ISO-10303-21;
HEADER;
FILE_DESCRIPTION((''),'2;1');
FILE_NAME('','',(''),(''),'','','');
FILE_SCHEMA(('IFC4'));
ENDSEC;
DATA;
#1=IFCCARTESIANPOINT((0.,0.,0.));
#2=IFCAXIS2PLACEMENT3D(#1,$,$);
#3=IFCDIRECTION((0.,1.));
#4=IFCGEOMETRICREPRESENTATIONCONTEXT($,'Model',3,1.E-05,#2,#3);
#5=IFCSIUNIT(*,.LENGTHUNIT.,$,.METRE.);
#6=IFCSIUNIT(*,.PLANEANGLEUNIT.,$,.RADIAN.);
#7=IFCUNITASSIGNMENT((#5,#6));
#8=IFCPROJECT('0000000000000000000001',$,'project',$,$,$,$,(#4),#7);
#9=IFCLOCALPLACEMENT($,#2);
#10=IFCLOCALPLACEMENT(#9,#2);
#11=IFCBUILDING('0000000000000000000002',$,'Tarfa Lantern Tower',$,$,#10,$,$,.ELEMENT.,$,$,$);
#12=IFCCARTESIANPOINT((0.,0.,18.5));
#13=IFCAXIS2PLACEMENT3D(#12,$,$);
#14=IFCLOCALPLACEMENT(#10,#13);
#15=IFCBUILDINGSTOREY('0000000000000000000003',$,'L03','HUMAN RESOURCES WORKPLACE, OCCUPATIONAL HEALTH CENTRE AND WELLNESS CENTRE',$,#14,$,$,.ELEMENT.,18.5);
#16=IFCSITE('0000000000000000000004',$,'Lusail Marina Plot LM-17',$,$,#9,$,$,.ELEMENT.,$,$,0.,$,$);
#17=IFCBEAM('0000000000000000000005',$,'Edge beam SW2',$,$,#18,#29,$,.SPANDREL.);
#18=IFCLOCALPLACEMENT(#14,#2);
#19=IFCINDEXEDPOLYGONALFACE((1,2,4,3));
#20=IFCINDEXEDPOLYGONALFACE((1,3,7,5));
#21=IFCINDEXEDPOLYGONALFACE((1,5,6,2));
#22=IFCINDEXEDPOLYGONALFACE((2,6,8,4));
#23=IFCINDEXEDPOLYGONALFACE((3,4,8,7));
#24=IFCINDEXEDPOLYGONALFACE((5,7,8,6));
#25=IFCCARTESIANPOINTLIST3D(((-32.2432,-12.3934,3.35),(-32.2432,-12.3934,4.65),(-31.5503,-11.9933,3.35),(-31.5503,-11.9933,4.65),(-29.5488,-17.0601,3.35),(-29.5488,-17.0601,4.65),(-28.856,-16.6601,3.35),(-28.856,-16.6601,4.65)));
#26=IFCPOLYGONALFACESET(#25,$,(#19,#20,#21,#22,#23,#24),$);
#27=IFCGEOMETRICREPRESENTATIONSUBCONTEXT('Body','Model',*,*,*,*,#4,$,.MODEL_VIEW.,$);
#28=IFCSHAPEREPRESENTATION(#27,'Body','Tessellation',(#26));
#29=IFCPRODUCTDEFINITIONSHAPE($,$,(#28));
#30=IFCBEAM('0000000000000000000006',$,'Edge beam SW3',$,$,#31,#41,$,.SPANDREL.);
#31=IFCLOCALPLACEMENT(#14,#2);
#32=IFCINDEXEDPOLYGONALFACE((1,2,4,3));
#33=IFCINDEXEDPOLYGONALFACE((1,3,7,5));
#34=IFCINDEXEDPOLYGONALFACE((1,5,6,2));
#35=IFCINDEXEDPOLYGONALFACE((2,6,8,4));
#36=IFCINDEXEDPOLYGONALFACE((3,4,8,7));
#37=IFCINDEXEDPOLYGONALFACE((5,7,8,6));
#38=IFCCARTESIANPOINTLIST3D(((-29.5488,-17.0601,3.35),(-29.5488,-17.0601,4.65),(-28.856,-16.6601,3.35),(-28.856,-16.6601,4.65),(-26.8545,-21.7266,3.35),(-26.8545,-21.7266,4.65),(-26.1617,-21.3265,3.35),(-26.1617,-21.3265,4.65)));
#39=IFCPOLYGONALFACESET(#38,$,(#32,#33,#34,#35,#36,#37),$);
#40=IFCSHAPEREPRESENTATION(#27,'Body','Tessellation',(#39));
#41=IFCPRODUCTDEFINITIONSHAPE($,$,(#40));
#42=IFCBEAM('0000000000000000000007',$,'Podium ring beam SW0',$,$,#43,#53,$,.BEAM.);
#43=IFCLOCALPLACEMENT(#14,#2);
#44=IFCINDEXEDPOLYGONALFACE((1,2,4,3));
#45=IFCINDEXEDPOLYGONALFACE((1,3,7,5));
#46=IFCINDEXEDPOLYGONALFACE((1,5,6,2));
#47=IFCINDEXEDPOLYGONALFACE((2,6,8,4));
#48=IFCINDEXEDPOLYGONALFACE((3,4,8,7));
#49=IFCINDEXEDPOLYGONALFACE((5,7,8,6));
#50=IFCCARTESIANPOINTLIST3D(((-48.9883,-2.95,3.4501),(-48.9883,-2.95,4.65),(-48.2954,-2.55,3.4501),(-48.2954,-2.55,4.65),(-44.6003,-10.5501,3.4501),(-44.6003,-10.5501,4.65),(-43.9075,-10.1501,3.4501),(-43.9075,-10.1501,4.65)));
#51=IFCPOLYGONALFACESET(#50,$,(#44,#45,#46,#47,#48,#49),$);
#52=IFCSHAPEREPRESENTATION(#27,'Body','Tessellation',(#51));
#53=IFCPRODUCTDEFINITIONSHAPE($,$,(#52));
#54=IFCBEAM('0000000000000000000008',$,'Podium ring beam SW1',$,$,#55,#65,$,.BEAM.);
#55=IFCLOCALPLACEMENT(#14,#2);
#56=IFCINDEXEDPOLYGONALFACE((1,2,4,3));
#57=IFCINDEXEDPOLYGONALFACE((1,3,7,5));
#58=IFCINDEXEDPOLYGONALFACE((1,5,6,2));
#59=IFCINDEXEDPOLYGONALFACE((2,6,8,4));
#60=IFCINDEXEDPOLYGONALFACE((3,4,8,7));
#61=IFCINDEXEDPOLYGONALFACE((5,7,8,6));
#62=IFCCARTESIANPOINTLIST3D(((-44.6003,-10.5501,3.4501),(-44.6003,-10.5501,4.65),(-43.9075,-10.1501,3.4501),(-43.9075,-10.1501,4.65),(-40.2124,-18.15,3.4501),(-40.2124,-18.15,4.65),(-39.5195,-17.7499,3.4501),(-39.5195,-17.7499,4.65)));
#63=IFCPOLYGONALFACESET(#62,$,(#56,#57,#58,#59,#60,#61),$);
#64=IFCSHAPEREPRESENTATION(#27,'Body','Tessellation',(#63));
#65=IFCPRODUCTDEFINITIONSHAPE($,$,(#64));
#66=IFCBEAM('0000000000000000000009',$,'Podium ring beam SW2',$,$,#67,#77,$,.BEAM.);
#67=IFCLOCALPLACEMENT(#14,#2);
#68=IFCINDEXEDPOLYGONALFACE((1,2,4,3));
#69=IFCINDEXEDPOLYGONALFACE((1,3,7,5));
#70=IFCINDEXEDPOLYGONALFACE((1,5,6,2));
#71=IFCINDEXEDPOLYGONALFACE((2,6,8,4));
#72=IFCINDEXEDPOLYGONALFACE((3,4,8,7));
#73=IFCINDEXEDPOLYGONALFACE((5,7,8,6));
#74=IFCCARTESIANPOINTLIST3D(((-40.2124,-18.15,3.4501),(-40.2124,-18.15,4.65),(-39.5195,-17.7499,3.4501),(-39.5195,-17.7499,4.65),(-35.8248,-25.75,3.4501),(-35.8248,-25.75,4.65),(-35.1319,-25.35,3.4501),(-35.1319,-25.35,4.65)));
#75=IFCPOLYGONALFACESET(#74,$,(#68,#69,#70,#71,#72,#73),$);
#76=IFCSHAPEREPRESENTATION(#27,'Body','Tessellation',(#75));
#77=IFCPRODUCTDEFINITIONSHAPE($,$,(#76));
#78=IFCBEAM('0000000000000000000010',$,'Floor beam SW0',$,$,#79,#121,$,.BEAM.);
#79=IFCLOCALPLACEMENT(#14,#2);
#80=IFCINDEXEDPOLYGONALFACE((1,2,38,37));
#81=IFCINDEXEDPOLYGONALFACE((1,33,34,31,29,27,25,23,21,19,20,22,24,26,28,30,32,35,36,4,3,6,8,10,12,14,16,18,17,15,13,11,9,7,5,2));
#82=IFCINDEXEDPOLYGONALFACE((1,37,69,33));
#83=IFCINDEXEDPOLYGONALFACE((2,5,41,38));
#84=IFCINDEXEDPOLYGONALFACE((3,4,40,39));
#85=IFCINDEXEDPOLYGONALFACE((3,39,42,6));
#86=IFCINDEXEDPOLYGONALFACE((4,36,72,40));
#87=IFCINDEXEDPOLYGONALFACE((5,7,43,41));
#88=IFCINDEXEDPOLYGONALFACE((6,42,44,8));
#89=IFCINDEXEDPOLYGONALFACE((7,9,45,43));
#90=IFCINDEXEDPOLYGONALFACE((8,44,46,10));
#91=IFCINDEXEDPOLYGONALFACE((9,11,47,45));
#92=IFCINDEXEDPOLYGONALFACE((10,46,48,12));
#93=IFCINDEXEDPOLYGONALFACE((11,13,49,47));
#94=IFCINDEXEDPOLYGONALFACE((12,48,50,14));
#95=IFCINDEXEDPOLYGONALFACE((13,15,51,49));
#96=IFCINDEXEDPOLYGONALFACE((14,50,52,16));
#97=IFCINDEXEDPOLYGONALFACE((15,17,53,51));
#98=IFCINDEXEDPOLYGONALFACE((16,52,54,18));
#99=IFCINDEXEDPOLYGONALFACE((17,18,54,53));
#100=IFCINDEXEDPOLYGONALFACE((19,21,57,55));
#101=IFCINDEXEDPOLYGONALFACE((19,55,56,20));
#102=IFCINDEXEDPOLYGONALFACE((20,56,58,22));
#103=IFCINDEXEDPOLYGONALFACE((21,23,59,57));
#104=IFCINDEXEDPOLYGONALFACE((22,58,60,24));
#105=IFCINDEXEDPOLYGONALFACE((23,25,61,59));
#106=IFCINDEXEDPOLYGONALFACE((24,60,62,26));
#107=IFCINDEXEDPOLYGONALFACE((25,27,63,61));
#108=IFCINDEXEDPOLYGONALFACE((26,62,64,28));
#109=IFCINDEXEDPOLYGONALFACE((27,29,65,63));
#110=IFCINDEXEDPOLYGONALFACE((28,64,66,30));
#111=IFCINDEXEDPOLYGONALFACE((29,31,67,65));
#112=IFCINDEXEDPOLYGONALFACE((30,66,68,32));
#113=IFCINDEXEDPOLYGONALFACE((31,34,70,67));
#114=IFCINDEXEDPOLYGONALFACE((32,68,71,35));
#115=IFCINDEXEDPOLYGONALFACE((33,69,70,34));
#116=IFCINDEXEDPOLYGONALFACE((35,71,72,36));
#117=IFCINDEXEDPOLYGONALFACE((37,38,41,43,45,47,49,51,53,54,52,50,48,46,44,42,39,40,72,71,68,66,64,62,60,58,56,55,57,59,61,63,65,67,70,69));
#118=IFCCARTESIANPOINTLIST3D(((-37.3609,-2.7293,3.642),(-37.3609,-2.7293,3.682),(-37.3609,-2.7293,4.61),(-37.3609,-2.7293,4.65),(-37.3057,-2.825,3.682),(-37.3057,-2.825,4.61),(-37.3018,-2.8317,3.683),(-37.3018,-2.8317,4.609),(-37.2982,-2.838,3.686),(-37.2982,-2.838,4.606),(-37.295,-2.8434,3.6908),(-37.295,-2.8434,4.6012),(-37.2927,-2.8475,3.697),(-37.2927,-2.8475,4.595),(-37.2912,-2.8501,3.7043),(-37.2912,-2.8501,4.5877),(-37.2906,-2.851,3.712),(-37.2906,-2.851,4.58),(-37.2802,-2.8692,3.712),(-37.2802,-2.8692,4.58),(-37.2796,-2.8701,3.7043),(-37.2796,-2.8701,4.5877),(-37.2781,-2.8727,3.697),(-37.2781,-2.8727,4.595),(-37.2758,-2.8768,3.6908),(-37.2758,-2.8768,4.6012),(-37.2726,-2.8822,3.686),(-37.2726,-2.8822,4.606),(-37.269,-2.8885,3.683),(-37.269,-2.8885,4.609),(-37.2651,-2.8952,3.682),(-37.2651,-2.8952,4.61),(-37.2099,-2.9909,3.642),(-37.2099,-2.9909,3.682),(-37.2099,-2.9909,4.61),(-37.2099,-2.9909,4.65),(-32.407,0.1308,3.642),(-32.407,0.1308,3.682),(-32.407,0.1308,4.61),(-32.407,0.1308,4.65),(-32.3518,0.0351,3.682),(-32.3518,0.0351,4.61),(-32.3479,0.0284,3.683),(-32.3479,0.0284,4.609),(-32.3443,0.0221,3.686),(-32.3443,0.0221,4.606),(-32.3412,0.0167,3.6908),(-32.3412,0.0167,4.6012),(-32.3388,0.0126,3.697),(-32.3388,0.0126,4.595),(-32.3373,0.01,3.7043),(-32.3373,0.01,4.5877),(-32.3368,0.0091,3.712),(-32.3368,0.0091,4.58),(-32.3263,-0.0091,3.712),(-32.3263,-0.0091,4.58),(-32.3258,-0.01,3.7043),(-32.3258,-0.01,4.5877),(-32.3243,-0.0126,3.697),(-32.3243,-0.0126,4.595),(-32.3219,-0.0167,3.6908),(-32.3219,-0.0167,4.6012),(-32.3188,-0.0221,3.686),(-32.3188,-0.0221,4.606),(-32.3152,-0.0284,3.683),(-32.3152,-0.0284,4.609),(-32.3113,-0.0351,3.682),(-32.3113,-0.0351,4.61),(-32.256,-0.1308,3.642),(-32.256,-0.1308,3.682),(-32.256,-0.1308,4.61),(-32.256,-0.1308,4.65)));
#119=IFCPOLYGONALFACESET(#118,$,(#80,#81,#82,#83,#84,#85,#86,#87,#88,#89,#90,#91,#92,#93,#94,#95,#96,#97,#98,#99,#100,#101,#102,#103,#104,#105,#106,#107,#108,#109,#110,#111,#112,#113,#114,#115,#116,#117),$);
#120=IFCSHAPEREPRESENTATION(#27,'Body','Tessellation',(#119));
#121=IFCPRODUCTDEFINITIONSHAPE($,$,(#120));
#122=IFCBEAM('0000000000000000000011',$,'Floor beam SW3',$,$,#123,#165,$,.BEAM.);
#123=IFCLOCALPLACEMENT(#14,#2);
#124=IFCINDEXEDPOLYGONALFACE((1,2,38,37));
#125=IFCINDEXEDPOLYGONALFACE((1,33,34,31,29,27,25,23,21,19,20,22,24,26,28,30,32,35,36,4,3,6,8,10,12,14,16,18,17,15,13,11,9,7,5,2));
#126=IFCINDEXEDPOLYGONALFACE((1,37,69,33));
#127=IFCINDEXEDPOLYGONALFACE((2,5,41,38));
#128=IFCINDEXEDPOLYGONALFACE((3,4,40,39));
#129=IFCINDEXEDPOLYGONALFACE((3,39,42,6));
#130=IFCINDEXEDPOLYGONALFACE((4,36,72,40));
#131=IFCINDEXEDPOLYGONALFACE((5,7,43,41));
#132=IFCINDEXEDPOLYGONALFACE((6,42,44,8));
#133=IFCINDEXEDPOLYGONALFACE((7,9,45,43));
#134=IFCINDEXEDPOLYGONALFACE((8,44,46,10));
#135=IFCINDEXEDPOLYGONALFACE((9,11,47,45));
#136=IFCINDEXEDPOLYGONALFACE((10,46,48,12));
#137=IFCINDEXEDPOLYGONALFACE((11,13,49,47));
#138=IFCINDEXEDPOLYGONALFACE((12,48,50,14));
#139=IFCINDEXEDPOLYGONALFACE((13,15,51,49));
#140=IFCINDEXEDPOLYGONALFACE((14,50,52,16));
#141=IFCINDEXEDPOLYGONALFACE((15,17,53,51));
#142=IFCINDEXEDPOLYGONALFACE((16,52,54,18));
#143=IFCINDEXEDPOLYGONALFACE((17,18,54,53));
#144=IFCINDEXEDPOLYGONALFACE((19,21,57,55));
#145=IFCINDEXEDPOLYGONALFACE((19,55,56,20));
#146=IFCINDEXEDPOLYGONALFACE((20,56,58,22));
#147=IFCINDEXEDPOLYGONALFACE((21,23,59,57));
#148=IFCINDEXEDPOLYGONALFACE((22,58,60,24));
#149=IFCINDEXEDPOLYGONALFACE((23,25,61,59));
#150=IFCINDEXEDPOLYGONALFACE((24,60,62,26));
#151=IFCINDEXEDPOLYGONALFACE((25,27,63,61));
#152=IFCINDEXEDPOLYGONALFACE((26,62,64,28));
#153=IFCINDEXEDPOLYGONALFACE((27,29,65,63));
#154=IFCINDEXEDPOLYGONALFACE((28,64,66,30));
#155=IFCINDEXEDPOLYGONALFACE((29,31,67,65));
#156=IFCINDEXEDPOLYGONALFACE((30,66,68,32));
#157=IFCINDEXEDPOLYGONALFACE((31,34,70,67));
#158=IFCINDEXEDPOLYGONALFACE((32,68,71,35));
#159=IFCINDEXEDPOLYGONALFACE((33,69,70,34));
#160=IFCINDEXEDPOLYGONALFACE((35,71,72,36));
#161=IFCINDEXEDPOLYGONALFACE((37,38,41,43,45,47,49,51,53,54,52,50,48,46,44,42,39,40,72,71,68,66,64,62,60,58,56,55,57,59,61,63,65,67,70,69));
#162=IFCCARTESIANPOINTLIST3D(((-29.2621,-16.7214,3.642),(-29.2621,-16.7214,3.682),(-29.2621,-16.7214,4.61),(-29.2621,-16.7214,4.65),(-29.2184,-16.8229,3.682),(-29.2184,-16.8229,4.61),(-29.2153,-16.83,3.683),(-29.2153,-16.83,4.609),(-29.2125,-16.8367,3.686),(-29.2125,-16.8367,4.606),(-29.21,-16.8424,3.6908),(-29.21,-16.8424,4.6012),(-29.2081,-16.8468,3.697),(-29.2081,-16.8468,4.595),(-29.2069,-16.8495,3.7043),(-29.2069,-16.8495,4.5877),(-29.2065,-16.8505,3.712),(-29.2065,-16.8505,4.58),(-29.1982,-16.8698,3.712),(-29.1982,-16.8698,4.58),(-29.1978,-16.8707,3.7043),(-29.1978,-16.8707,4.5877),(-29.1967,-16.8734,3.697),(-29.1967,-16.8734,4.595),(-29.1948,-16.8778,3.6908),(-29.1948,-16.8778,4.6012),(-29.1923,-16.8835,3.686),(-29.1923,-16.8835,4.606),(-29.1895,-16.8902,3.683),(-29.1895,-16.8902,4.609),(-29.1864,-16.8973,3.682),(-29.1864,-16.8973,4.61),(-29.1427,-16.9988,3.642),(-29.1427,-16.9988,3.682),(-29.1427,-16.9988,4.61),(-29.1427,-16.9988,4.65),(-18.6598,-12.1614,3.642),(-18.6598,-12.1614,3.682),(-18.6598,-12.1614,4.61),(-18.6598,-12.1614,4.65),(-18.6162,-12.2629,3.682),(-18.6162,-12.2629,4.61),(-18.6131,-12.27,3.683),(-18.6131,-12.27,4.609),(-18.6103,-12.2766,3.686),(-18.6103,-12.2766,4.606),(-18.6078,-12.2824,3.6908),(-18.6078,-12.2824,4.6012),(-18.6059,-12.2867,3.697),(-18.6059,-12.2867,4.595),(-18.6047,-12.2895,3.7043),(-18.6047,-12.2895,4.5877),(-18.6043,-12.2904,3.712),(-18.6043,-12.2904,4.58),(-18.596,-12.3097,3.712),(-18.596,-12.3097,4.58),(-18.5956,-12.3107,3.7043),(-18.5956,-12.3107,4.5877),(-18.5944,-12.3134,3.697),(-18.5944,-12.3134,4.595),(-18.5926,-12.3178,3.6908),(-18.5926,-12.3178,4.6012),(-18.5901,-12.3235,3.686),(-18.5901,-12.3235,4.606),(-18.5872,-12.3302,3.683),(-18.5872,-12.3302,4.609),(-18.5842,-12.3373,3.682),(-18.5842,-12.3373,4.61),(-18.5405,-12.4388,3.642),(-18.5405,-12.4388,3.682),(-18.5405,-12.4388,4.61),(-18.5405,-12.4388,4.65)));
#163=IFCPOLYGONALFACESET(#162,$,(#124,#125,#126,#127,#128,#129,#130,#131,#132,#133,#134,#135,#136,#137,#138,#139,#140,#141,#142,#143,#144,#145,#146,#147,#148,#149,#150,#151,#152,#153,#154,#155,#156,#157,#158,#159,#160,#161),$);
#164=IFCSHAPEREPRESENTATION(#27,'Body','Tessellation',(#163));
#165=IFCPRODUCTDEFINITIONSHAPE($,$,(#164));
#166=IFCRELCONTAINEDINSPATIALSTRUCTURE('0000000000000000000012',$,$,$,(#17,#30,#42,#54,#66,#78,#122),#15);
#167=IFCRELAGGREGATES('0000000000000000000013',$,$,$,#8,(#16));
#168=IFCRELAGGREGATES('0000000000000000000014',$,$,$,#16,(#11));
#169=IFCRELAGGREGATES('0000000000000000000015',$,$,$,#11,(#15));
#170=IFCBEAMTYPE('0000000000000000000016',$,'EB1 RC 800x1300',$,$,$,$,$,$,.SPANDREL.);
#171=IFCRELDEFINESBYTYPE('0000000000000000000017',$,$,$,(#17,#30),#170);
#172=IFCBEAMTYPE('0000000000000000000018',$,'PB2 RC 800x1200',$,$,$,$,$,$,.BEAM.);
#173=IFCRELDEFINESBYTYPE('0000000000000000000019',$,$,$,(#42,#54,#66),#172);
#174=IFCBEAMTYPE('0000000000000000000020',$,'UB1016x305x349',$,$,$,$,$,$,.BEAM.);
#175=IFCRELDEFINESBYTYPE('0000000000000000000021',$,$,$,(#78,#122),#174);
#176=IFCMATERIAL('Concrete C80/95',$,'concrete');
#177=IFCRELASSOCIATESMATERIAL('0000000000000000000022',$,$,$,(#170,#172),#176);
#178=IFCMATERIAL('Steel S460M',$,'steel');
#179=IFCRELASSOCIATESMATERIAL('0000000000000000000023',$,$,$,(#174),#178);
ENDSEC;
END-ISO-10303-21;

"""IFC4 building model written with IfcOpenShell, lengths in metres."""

from ifc_helpers import new_model, si_unit, direction, frame, origin, origin_2d, place, context, subcontext, project, spatial, rectangle, i_section, extrude, material, material_profile, profile_set, type_object, element, save


model = new_model("IFC4")

# Units and contexts
model_context = context("Model", 3, precision=1e-05, world=origin(), true_north=direction((0.0, 1.0)))
body_context = subcontext(model_context, "Body", "Model", "MODEL_VIEW")
ifc_project = project(units=[si_unit("LENGTHUNIT", "METRE"), si_unit("PLANEANGLEUNIT", "RADIAN")], contexts=[model_context])

# Site, building, storey
site_placement = place(None, origin())
site = spatial("IfcSite", under=ifc_project, at=site_placement, Name="Lusail Marina Plot LM-17", CompositionType="ELEMENT", RefElevation=0.0)
building_placement = place(site_placement, origin())
building = spatial("IfcBuilding", under=site, at=building_placement, Name="Tarfa Lantern Tower", CompositionType="ELEMENT")
storey_placement = place(building_placement, frame((0.0, 0.0, 18.5)))
storey = spatial("IfcBuildingStorey", under=building, at=storey_placement, Name="L03", Description="HUMAN RESOURCES WORKPLACE, OCCUPATIONAL HEALTH CENTRE AND WELLNESS CENTRE", CompositionType="ELEMENT", Elevation=18.5)

# Shared definitions
ifc_material_1 = material(Name="Concrete C80/95", Category="concrete")

# Beams
ifc_material_profile_1 = material_profile(ifc_material_1, rectangle(XDim=0.8, YDim=1.3, at=origin_2d()), Name="RC 800x1300")
ifc_profile_set_1 = profile_set([ifc_material_profile_1], Name="Concrete C80/95")
beam_type_1 = type_object("IfcBeamType", Name="EB1 RC 800x1300", PredefinedType="SPANDREL", material=ifc_profile_set_1)
for number, where, z_axis, x_axis, name in (
    (1, (-31.8967, -12.1934, 4.0), (0.499998, -0.866026, 0.0), (0.866026, 0.499998, 0.0), "Edge beam SW2"),
):
    element("IfcBeam", number, at=place(storey_placement, frame(where, z_axis=z_axis, x_axis=x_axis)), inside=storey, type_object=beam_type_1, Name=name, PredefinedType="SPANDREL", context=body_context, shape_type="SweptSolid", body=[
        extrude(rectangle(XDim=0.8, YDim=1.3, at=origin_2d()), origin(), (0.0, 0.0, 1.0), 5.3887),
    ])
beam_1_placement = place(storey_placement, frame((-29.2024, -16.8601, 4.0), z_axis=(0.500018, -0.866015, 0.0), x_axis=(0.866015, 0.500018, 0.0)))
element("IfcBeam", 2, at=beam_1_placement, inside=storey, type_object=beam_type_1, Name="Edge beam SW3", PredefinedType="SPANDREL", context=body_context, shape_type="SweptSolid", body=[
    extrude(rectangle(XDim=0.8, YDim=1.3, at=origin_2d()), origin(), (0.0, 0.0, 1.0), 5.3884),
])
ifc_material_profile_2 = material_profile(ifc_material_1, rectangle(XDim=0.8, YDim=1.2, at=origin_2d()), Name="RC 800x1200")
ifc_profile_set_2 = profile_set([ifc_material_profile_2], Name="Concrete C80/95")
beam_type_2 = type_object("IfcBeamType", Name="PB2 RC 800x1200", PredefinedType="BEAM", material=ifc_profile_set_2)
beam_2_placement = place(storey_placement, frame((-48.6418, -2.75, 4.05), z_axis=(0.500002, -0.866024, 0.0), x_axis=(0.866024, 0.500002, 0.0)))
element("IfcBeam", 3, at=beam_2_placement, inside=storey, type_object=beam_type_2, Name="Podium ring beam SW0", PredefinedType="BEAM", context=body_context, shape_type="SweptSolid", body=[
    extrude(rectangle(XDim=0.8, YDim=1.2, at=origin_2d()), origin(), (0.0, 0.0, 1.0), 8.7759),
])
for number, where, z_axis, x_axis, name in (
    (4, (-44.2539, -10.3501, 4.05), (0.500014, -0.866017, 0.0), (0.866017, 0.500014, 0.0), "Podium ring beam SW1"),
    (5, (-39.866, -17.95, 4.05), (0.499981, -0.866036, 0.0), (0.866036, 0.499981, 0.0), "Podium ring beam SW2"),
):
    element("IfcBeam", number, at=place(storey_placement, frame(where, z_axis=z_axis, x_axis=x_axis)), inside=storey, type_object=beam_type_2, Name=name, PredefinedType="BEAM", context=body_context, shape_type="SweptSolid", body=[
        extrude(rectangle(XDim=0.8, YDim=1.2, at=origin_2d()), origin(), (0.0, 0.0, 1.0), 8.7756),
    ])
ifc_material_2 = material(Name="Steel S460M", Category="steel")
ifc_material_profile_3 = material_profile(ifc_material_2, i_section(OverallWidth=0.302, OverallDepth=1.0081, WebThickness=0.021, FlangeThickness=0.04, FilletRadius=0.03, at=origin_2d()), Name="UB1016x305x349")
ifc_profile_set_3 = profile_set([ifc_material_profile_3], Name="Steel S460M")
beam_type_3 = type_object("IfcBeamType", Name="UB1016x305x349", PredefinedType="BEAM", material=ifc_profile_set_3)
beam_3_placement = place(storey_placement, frame((-37.2854, -2.8601, 4.146), z_axis=(0.866026, 0.5, 0.0), x_axis=(-0.5, 0.866026, 0.0)))
element("IfcBeam", 6, at=beam_3_placement, inside=storey, type_object=beam_type_3, Name="Floor beam SW0", PredefinedType="BEAM", context=body_context, shape_type="SweptSolid", body=[
    extrude(i_section(OverallWidth=0.302, OverallDepth=1.0081, WebThickness=0.021, FlangeThickness=0.04, FilletRadius=0.03, at=origin_2d()), origin(), (0.0, 0.0, 1.0), 5.7202),
])
beam_4_placement = place(storey_placement, frame((-29.2024, -16.8601, 4.146), z_axis=(0.918635, 0.395106, 0.0), x_axis=(-0.395106, 0.918635, 0.0)))
element("IfcBeam", 7, at=beam_4_placement, inside=storey, type_object=beam_type_3, Name="Floor beam SW3", PredefinedType="BEAM", context=body_context, shape_type="SweptSolid", body=[
    extrude(i_section(OverallWidth=0.302, OverallDepth=1.0081, WebThickness=0.021, FlangeThickness=0.04, FilletRadius=0.03, at=origin_2d()), origin(), (0.0, 0.0, 1.0), 11.5413),
])

save(model, "model.ifc")
